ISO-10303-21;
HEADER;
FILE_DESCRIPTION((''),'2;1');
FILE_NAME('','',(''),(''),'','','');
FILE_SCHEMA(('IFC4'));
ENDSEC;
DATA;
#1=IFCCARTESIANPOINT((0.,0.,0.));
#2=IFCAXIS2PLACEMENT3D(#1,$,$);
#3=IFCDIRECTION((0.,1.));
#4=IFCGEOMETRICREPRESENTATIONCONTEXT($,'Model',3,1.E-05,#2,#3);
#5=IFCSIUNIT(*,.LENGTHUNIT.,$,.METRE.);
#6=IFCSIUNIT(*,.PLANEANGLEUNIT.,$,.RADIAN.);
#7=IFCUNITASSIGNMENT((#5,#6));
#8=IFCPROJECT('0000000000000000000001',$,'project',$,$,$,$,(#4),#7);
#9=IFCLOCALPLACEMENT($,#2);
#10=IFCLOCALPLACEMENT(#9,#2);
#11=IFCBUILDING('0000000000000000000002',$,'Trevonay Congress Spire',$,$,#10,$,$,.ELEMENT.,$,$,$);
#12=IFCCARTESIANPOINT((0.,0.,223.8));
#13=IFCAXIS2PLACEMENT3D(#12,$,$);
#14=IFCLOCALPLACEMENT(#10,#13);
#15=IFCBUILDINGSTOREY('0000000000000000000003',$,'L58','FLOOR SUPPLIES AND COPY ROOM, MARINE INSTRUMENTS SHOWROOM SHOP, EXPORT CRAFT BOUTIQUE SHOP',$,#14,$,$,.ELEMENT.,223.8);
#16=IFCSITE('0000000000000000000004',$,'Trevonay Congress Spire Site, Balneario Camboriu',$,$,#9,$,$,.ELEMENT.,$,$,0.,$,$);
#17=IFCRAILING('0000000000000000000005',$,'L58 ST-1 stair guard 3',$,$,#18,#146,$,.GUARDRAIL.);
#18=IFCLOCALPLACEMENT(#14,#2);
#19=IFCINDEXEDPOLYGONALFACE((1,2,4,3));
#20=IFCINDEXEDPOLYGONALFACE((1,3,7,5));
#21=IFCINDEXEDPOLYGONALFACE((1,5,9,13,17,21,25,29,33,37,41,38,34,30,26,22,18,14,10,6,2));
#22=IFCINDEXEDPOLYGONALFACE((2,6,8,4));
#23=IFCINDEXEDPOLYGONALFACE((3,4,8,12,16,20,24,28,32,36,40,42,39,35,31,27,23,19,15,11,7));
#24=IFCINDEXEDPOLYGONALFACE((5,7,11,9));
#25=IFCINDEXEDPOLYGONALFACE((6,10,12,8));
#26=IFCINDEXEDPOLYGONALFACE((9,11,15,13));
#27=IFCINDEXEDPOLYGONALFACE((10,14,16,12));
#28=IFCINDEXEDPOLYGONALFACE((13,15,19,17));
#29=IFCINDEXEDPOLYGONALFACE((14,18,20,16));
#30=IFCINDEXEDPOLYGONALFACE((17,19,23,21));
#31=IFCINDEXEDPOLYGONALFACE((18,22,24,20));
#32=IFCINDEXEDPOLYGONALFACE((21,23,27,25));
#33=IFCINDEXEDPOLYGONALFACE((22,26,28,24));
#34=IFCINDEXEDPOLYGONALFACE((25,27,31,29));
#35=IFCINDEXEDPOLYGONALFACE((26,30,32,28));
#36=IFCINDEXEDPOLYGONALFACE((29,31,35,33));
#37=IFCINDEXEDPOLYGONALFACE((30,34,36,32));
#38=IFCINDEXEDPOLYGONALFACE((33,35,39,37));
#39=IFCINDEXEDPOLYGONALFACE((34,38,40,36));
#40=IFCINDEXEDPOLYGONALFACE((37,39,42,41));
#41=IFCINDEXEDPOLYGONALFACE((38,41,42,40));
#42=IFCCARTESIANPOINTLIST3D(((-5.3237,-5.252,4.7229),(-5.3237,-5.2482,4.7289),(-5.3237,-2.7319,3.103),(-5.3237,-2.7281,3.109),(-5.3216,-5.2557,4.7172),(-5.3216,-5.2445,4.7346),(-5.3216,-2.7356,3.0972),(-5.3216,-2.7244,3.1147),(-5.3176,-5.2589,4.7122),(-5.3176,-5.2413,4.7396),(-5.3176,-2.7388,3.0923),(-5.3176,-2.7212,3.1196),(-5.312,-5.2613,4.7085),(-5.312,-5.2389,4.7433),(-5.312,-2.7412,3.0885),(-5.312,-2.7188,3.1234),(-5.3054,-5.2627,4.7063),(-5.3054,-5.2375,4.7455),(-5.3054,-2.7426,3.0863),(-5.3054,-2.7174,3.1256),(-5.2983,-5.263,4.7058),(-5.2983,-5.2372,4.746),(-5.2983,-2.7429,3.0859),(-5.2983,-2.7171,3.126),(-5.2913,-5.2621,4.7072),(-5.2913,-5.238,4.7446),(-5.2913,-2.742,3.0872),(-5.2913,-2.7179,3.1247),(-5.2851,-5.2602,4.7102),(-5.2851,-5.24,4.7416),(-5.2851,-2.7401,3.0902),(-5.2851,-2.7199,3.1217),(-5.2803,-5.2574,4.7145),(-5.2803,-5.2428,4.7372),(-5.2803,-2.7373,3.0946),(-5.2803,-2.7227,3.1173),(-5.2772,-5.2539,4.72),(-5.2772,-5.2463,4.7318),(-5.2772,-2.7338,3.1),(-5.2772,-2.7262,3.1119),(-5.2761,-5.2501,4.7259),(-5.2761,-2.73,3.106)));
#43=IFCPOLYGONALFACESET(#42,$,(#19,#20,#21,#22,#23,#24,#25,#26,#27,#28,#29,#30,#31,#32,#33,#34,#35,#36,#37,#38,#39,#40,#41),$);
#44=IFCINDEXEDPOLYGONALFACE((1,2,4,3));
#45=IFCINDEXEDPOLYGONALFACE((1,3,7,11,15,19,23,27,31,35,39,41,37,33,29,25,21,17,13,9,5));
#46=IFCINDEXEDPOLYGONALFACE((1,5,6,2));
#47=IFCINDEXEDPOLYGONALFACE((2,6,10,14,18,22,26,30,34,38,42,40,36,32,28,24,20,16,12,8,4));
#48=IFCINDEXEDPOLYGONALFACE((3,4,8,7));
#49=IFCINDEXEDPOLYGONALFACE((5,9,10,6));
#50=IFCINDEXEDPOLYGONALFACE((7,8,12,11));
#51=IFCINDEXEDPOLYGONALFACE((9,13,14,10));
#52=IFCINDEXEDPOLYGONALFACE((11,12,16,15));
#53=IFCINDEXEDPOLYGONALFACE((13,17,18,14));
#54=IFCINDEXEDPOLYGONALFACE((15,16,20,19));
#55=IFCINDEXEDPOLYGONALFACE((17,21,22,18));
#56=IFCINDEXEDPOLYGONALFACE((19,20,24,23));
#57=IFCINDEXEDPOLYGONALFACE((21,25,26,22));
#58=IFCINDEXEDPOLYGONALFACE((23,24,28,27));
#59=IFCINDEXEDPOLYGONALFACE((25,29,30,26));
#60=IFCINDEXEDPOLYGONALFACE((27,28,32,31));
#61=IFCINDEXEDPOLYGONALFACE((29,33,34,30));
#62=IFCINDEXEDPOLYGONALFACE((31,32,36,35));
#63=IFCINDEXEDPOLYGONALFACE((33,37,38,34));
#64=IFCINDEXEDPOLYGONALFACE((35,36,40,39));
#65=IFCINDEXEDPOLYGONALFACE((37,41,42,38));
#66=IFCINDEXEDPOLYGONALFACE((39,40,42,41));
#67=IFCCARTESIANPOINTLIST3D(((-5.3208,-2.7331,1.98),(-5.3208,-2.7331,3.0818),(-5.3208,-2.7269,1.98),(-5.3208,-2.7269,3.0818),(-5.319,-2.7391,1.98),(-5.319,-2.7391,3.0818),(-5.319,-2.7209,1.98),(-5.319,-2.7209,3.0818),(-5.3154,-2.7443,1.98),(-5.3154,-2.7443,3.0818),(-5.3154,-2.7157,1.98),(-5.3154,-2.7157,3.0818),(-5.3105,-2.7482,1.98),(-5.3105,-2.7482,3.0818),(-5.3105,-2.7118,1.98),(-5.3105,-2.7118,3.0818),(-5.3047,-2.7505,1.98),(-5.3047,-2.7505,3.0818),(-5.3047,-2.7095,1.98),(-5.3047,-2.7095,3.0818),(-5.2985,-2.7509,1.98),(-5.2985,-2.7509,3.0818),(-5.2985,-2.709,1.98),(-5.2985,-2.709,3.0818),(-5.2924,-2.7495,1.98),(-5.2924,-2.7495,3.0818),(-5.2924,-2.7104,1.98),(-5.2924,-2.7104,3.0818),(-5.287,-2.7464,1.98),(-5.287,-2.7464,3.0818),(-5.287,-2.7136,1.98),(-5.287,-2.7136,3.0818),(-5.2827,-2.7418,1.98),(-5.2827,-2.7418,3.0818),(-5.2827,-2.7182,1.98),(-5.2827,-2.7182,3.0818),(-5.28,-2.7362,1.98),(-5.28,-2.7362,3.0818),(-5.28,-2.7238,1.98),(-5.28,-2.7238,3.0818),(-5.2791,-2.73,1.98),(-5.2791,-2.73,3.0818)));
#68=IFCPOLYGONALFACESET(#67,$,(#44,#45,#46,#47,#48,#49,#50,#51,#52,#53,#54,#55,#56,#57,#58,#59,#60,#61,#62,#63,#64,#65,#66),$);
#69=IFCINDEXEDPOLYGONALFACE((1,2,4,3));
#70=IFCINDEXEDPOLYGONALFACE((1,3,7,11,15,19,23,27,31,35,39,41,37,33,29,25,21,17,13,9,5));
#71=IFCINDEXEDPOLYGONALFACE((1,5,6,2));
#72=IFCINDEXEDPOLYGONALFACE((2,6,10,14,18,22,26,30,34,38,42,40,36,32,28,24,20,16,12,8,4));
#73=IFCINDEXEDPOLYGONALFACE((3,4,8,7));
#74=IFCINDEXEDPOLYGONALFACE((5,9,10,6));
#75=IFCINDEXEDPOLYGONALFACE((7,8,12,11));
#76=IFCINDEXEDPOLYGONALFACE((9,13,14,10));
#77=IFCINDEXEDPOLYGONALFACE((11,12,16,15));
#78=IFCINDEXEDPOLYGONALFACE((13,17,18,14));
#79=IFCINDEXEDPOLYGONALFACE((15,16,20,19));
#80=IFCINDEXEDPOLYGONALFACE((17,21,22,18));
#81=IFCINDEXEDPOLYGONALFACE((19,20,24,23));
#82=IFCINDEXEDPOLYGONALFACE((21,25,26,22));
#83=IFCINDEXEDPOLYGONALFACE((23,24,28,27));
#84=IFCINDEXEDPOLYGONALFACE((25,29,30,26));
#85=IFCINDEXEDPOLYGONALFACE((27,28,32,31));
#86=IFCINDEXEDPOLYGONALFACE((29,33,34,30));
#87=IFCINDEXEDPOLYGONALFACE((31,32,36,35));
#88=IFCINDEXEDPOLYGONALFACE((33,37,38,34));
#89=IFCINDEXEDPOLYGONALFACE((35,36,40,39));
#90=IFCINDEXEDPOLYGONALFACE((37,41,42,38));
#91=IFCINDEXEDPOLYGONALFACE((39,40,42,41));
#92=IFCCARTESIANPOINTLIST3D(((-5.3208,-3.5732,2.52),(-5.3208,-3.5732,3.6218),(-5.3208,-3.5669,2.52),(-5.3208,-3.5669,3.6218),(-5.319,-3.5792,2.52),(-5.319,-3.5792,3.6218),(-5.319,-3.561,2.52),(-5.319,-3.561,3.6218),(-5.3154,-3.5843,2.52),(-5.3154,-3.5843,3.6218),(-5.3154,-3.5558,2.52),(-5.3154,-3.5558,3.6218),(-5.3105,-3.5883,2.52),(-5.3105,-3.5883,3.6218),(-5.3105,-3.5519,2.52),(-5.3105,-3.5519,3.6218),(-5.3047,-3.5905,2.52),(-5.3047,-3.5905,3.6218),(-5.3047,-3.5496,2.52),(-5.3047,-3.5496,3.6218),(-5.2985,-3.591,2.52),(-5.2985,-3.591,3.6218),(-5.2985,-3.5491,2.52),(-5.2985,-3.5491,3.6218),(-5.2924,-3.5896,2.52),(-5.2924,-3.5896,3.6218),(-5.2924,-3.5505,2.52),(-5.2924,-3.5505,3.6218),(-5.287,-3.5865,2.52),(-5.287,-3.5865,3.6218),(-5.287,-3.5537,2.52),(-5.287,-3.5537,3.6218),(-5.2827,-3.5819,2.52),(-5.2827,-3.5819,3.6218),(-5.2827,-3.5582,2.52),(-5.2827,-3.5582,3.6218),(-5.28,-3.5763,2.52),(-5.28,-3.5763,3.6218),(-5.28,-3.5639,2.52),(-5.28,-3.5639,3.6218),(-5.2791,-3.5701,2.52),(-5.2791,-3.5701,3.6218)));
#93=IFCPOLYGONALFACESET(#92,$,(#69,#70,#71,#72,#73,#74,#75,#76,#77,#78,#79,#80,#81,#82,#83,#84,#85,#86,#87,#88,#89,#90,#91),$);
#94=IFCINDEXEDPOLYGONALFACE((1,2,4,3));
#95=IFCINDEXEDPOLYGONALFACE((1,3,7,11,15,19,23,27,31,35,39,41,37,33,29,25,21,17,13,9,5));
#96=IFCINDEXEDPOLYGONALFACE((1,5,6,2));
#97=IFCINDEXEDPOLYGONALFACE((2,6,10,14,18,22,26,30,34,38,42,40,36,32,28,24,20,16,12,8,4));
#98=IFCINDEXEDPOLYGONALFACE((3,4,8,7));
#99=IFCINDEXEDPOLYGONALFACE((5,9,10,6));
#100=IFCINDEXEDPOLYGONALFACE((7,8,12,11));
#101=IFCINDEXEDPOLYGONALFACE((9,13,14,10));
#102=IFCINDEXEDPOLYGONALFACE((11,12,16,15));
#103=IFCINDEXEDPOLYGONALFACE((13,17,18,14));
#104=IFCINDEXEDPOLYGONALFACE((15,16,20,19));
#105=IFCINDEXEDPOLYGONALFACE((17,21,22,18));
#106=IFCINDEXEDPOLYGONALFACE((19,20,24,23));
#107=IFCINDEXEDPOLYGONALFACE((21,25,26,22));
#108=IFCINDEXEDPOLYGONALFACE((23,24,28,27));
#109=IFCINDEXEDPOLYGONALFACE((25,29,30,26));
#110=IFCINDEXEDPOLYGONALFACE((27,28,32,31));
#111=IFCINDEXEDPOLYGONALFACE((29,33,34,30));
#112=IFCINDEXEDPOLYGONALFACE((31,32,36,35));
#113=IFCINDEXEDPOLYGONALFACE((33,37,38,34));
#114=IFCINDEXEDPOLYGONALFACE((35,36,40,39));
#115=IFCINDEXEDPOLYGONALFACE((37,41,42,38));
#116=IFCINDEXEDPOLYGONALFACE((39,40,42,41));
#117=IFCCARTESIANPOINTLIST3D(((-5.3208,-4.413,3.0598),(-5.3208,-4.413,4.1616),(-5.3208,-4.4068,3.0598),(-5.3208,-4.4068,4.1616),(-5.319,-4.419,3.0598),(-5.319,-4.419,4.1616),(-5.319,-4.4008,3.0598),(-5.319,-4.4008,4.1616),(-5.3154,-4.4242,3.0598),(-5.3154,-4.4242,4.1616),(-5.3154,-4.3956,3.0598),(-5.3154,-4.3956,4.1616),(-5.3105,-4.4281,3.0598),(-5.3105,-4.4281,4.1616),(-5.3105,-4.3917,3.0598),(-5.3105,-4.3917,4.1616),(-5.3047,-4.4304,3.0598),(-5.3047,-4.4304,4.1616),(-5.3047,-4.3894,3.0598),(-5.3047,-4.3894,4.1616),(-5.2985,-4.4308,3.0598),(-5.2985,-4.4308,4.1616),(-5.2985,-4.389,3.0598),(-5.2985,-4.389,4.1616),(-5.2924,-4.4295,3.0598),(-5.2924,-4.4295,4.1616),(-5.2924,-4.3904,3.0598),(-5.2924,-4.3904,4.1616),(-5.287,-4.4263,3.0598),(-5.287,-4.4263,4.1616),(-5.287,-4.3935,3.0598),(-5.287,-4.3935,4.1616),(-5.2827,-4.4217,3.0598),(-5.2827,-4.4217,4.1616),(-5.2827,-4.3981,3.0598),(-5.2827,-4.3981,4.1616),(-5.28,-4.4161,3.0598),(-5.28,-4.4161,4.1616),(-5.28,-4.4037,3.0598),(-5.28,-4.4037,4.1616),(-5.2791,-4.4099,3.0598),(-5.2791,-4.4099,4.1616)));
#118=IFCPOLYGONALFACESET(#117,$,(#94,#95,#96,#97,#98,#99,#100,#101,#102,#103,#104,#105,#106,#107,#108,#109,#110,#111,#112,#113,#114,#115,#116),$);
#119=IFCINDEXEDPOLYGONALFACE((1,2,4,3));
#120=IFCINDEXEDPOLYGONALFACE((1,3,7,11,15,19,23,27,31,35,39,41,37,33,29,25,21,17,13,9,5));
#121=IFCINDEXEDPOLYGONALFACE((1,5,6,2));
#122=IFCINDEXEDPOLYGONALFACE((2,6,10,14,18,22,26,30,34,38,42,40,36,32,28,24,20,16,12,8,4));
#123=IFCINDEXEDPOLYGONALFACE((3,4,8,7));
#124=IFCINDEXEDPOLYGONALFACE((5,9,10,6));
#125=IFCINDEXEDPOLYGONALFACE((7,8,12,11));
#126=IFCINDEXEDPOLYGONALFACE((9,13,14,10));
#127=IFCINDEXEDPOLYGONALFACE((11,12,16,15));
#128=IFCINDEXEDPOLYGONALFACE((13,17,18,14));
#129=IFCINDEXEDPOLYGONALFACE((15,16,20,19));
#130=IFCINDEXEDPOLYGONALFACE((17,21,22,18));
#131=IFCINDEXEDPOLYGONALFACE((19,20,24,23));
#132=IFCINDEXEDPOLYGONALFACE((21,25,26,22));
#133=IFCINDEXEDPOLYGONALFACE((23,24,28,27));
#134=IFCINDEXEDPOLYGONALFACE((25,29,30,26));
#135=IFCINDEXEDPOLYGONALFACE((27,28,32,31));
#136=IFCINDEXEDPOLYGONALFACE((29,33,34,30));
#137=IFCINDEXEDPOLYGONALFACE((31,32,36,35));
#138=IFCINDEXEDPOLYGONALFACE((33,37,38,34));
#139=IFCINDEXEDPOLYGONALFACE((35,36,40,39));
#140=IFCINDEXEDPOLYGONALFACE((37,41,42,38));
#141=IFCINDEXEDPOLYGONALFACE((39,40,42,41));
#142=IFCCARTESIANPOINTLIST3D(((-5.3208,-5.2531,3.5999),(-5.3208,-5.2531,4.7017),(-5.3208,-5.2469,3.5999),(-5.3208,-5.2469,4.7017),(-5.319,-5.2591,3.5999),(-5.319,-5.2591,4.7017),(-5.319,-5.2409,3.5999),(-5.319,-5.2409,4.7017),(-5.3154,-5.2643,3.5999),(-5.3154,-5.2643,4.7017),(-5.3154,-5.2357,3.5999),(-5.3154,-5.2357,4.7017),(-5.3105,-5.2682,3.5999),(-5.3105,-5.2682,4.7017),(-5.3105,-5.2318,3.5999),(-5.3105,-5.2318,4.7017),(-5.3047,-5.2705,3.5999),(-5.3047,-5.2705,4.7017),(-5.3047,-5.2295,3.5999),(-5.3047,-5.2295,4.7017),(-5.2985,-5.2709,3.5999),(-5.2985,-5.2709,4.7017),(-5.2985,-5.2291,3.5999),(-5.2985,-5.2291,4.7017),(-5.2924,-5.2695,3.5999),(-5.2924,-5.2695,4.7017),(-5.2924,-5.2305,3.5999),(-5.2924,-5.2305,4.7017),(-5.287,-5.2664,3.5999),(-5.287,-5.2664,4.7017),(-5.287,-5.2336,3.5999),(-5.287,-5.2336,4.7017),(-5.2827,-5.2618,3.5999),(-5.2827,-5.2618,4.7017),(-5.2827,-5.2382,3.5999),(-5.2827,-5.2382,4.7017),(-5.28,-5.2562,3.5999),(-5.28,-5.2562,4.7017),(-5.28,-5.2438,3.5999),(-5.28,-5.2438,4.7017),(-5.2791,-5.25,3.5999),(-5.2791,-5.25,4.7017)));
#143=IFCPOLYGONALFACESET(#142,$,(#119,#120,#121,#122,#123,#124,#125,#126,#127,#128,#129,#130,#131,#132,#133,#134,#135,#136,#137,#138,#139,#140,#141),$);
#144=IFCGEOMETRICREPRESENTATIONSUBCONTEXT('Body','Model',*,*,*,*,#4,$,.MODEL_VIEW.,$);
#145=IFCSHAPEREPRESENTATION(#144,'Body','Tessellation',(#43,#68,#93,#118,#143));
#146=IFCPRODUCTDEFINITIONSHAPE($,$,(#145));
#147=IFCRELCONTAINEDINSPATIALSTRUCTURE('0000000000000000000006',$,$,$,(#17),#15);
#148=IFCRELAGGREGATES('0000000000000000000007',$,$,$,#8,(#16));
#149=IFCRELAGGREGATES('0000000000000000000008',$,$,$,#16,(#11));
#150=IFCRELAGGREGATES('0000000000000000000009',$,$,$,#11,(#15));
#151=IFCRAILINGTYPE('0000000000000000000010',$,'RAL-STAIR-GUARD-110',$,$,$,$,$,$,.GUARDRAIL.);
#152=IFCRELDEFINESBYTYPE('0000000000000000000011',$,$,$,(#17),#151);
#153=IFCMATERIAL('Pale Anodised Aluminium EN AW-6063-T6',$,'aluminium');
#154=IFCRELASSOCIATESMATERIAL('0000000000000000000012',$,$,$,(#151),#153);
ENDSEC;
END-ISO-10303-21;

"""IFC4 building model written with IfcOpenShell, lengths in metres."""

from ifc_helpers import new_model, si_unit, direction, frame, origin, origin_2d, place, context, subcontext, project, spatial, circle, extrude, material, type_object, element, save


model = new_model("IFC4")

# Units and contexts
model_context = context("Model", 3, precision=1e-05, world=origin(), true_north=direction((0.0, 1.0)))
body_context = subcontext(model_context, "Body", "Model", "MODEL_VIEW")
ifc_project = project(units=[si_unit("LENGTHUNIT", "METRE"), si_unit("PLANEANGLEUNIT", "RADIAN")], contexts=[model_context])

# Site, building, storey
site_placement = place(None, origin())
site = spatial("IfcSite", under=ifc_project, at=site_placement, Name="Trevonay Congress Spire Site, Balneario Camboriu", CompositionType="ELEMENT", RefElevation=0.0)
building_placement = place(site_placement, origin())
building = spatial("IfcBuilding", under=site, at=building_placement, Name="Trevonay Congress Spire", CompositionType="ELEMENT")
storey_placement = place(building_placement, frame((0.0, 0.0, 223.8)))
storey = spatial("IfcBuildingStorey", under=building, at=storey_placement, Name="L58", Description="FLOOR SUPPLIES AND COPY ROOM, MARINE INSTRUMENTS SHOWROOM SHOP, EXPORT CRAFT BOUTIQUE SHOP", CompositionType="ELEMENT", Elevation=223.8)

# Railing
ifc_material_1 = material(Name="Pale Anodised Aluminium EN AW-6063-T6", Category="aluminium")
railing_type_1 = type_object("IfcRailingType", Name="RAL-STAIR-GUARD-110", PredefinedType="GUARDRAIL", material=ifc_material_1)
railing_1_placement = place(storey_placement, frame((-5.3, -2.73, 1.98)))
element("IfcRailing", 1, at=railing_1_placement, inside=storey, type_object=railing_type_1, Name="L58 ST-1 stair guard 3", PredefinedType="GUARDRAIL", context=body_context, shape_type="SweptSolid", body=[
    extrude(circle(Radius=0.0239, at=origin_2d()), frame((0.0, 0.0, 1.126), z_axis=(0.0, -0.8412, 0.540725), x_axis=(1.0, 0.0, 0.0)), (0.0, 0.0, 1.0), 2.9958),
    extrude(circle(Radius=0.021, at=origin_2d()), origin(), (0.0, 0.0, 1.0), 1.1018),
    extrude(circle(Radius=0.021, at=origin_2d()), frame((0.0, -0.8401, 0.54)), (0.0, 0.0, 1.0), 1.1018),
    extrude(circle(Radius=0.021, at=origin_2d()), frame((0.0, -1.6799, 1.0798)), (0.0, 0.0, 1.0), 1.1018),
    extrude(circle(Radius=0.021, at=origin_2d()), frame((0.0, -2.52, 1.6199)), (0.0, 0.0, 1.0), 1.1018),
])

save(model, "model.ifc")
